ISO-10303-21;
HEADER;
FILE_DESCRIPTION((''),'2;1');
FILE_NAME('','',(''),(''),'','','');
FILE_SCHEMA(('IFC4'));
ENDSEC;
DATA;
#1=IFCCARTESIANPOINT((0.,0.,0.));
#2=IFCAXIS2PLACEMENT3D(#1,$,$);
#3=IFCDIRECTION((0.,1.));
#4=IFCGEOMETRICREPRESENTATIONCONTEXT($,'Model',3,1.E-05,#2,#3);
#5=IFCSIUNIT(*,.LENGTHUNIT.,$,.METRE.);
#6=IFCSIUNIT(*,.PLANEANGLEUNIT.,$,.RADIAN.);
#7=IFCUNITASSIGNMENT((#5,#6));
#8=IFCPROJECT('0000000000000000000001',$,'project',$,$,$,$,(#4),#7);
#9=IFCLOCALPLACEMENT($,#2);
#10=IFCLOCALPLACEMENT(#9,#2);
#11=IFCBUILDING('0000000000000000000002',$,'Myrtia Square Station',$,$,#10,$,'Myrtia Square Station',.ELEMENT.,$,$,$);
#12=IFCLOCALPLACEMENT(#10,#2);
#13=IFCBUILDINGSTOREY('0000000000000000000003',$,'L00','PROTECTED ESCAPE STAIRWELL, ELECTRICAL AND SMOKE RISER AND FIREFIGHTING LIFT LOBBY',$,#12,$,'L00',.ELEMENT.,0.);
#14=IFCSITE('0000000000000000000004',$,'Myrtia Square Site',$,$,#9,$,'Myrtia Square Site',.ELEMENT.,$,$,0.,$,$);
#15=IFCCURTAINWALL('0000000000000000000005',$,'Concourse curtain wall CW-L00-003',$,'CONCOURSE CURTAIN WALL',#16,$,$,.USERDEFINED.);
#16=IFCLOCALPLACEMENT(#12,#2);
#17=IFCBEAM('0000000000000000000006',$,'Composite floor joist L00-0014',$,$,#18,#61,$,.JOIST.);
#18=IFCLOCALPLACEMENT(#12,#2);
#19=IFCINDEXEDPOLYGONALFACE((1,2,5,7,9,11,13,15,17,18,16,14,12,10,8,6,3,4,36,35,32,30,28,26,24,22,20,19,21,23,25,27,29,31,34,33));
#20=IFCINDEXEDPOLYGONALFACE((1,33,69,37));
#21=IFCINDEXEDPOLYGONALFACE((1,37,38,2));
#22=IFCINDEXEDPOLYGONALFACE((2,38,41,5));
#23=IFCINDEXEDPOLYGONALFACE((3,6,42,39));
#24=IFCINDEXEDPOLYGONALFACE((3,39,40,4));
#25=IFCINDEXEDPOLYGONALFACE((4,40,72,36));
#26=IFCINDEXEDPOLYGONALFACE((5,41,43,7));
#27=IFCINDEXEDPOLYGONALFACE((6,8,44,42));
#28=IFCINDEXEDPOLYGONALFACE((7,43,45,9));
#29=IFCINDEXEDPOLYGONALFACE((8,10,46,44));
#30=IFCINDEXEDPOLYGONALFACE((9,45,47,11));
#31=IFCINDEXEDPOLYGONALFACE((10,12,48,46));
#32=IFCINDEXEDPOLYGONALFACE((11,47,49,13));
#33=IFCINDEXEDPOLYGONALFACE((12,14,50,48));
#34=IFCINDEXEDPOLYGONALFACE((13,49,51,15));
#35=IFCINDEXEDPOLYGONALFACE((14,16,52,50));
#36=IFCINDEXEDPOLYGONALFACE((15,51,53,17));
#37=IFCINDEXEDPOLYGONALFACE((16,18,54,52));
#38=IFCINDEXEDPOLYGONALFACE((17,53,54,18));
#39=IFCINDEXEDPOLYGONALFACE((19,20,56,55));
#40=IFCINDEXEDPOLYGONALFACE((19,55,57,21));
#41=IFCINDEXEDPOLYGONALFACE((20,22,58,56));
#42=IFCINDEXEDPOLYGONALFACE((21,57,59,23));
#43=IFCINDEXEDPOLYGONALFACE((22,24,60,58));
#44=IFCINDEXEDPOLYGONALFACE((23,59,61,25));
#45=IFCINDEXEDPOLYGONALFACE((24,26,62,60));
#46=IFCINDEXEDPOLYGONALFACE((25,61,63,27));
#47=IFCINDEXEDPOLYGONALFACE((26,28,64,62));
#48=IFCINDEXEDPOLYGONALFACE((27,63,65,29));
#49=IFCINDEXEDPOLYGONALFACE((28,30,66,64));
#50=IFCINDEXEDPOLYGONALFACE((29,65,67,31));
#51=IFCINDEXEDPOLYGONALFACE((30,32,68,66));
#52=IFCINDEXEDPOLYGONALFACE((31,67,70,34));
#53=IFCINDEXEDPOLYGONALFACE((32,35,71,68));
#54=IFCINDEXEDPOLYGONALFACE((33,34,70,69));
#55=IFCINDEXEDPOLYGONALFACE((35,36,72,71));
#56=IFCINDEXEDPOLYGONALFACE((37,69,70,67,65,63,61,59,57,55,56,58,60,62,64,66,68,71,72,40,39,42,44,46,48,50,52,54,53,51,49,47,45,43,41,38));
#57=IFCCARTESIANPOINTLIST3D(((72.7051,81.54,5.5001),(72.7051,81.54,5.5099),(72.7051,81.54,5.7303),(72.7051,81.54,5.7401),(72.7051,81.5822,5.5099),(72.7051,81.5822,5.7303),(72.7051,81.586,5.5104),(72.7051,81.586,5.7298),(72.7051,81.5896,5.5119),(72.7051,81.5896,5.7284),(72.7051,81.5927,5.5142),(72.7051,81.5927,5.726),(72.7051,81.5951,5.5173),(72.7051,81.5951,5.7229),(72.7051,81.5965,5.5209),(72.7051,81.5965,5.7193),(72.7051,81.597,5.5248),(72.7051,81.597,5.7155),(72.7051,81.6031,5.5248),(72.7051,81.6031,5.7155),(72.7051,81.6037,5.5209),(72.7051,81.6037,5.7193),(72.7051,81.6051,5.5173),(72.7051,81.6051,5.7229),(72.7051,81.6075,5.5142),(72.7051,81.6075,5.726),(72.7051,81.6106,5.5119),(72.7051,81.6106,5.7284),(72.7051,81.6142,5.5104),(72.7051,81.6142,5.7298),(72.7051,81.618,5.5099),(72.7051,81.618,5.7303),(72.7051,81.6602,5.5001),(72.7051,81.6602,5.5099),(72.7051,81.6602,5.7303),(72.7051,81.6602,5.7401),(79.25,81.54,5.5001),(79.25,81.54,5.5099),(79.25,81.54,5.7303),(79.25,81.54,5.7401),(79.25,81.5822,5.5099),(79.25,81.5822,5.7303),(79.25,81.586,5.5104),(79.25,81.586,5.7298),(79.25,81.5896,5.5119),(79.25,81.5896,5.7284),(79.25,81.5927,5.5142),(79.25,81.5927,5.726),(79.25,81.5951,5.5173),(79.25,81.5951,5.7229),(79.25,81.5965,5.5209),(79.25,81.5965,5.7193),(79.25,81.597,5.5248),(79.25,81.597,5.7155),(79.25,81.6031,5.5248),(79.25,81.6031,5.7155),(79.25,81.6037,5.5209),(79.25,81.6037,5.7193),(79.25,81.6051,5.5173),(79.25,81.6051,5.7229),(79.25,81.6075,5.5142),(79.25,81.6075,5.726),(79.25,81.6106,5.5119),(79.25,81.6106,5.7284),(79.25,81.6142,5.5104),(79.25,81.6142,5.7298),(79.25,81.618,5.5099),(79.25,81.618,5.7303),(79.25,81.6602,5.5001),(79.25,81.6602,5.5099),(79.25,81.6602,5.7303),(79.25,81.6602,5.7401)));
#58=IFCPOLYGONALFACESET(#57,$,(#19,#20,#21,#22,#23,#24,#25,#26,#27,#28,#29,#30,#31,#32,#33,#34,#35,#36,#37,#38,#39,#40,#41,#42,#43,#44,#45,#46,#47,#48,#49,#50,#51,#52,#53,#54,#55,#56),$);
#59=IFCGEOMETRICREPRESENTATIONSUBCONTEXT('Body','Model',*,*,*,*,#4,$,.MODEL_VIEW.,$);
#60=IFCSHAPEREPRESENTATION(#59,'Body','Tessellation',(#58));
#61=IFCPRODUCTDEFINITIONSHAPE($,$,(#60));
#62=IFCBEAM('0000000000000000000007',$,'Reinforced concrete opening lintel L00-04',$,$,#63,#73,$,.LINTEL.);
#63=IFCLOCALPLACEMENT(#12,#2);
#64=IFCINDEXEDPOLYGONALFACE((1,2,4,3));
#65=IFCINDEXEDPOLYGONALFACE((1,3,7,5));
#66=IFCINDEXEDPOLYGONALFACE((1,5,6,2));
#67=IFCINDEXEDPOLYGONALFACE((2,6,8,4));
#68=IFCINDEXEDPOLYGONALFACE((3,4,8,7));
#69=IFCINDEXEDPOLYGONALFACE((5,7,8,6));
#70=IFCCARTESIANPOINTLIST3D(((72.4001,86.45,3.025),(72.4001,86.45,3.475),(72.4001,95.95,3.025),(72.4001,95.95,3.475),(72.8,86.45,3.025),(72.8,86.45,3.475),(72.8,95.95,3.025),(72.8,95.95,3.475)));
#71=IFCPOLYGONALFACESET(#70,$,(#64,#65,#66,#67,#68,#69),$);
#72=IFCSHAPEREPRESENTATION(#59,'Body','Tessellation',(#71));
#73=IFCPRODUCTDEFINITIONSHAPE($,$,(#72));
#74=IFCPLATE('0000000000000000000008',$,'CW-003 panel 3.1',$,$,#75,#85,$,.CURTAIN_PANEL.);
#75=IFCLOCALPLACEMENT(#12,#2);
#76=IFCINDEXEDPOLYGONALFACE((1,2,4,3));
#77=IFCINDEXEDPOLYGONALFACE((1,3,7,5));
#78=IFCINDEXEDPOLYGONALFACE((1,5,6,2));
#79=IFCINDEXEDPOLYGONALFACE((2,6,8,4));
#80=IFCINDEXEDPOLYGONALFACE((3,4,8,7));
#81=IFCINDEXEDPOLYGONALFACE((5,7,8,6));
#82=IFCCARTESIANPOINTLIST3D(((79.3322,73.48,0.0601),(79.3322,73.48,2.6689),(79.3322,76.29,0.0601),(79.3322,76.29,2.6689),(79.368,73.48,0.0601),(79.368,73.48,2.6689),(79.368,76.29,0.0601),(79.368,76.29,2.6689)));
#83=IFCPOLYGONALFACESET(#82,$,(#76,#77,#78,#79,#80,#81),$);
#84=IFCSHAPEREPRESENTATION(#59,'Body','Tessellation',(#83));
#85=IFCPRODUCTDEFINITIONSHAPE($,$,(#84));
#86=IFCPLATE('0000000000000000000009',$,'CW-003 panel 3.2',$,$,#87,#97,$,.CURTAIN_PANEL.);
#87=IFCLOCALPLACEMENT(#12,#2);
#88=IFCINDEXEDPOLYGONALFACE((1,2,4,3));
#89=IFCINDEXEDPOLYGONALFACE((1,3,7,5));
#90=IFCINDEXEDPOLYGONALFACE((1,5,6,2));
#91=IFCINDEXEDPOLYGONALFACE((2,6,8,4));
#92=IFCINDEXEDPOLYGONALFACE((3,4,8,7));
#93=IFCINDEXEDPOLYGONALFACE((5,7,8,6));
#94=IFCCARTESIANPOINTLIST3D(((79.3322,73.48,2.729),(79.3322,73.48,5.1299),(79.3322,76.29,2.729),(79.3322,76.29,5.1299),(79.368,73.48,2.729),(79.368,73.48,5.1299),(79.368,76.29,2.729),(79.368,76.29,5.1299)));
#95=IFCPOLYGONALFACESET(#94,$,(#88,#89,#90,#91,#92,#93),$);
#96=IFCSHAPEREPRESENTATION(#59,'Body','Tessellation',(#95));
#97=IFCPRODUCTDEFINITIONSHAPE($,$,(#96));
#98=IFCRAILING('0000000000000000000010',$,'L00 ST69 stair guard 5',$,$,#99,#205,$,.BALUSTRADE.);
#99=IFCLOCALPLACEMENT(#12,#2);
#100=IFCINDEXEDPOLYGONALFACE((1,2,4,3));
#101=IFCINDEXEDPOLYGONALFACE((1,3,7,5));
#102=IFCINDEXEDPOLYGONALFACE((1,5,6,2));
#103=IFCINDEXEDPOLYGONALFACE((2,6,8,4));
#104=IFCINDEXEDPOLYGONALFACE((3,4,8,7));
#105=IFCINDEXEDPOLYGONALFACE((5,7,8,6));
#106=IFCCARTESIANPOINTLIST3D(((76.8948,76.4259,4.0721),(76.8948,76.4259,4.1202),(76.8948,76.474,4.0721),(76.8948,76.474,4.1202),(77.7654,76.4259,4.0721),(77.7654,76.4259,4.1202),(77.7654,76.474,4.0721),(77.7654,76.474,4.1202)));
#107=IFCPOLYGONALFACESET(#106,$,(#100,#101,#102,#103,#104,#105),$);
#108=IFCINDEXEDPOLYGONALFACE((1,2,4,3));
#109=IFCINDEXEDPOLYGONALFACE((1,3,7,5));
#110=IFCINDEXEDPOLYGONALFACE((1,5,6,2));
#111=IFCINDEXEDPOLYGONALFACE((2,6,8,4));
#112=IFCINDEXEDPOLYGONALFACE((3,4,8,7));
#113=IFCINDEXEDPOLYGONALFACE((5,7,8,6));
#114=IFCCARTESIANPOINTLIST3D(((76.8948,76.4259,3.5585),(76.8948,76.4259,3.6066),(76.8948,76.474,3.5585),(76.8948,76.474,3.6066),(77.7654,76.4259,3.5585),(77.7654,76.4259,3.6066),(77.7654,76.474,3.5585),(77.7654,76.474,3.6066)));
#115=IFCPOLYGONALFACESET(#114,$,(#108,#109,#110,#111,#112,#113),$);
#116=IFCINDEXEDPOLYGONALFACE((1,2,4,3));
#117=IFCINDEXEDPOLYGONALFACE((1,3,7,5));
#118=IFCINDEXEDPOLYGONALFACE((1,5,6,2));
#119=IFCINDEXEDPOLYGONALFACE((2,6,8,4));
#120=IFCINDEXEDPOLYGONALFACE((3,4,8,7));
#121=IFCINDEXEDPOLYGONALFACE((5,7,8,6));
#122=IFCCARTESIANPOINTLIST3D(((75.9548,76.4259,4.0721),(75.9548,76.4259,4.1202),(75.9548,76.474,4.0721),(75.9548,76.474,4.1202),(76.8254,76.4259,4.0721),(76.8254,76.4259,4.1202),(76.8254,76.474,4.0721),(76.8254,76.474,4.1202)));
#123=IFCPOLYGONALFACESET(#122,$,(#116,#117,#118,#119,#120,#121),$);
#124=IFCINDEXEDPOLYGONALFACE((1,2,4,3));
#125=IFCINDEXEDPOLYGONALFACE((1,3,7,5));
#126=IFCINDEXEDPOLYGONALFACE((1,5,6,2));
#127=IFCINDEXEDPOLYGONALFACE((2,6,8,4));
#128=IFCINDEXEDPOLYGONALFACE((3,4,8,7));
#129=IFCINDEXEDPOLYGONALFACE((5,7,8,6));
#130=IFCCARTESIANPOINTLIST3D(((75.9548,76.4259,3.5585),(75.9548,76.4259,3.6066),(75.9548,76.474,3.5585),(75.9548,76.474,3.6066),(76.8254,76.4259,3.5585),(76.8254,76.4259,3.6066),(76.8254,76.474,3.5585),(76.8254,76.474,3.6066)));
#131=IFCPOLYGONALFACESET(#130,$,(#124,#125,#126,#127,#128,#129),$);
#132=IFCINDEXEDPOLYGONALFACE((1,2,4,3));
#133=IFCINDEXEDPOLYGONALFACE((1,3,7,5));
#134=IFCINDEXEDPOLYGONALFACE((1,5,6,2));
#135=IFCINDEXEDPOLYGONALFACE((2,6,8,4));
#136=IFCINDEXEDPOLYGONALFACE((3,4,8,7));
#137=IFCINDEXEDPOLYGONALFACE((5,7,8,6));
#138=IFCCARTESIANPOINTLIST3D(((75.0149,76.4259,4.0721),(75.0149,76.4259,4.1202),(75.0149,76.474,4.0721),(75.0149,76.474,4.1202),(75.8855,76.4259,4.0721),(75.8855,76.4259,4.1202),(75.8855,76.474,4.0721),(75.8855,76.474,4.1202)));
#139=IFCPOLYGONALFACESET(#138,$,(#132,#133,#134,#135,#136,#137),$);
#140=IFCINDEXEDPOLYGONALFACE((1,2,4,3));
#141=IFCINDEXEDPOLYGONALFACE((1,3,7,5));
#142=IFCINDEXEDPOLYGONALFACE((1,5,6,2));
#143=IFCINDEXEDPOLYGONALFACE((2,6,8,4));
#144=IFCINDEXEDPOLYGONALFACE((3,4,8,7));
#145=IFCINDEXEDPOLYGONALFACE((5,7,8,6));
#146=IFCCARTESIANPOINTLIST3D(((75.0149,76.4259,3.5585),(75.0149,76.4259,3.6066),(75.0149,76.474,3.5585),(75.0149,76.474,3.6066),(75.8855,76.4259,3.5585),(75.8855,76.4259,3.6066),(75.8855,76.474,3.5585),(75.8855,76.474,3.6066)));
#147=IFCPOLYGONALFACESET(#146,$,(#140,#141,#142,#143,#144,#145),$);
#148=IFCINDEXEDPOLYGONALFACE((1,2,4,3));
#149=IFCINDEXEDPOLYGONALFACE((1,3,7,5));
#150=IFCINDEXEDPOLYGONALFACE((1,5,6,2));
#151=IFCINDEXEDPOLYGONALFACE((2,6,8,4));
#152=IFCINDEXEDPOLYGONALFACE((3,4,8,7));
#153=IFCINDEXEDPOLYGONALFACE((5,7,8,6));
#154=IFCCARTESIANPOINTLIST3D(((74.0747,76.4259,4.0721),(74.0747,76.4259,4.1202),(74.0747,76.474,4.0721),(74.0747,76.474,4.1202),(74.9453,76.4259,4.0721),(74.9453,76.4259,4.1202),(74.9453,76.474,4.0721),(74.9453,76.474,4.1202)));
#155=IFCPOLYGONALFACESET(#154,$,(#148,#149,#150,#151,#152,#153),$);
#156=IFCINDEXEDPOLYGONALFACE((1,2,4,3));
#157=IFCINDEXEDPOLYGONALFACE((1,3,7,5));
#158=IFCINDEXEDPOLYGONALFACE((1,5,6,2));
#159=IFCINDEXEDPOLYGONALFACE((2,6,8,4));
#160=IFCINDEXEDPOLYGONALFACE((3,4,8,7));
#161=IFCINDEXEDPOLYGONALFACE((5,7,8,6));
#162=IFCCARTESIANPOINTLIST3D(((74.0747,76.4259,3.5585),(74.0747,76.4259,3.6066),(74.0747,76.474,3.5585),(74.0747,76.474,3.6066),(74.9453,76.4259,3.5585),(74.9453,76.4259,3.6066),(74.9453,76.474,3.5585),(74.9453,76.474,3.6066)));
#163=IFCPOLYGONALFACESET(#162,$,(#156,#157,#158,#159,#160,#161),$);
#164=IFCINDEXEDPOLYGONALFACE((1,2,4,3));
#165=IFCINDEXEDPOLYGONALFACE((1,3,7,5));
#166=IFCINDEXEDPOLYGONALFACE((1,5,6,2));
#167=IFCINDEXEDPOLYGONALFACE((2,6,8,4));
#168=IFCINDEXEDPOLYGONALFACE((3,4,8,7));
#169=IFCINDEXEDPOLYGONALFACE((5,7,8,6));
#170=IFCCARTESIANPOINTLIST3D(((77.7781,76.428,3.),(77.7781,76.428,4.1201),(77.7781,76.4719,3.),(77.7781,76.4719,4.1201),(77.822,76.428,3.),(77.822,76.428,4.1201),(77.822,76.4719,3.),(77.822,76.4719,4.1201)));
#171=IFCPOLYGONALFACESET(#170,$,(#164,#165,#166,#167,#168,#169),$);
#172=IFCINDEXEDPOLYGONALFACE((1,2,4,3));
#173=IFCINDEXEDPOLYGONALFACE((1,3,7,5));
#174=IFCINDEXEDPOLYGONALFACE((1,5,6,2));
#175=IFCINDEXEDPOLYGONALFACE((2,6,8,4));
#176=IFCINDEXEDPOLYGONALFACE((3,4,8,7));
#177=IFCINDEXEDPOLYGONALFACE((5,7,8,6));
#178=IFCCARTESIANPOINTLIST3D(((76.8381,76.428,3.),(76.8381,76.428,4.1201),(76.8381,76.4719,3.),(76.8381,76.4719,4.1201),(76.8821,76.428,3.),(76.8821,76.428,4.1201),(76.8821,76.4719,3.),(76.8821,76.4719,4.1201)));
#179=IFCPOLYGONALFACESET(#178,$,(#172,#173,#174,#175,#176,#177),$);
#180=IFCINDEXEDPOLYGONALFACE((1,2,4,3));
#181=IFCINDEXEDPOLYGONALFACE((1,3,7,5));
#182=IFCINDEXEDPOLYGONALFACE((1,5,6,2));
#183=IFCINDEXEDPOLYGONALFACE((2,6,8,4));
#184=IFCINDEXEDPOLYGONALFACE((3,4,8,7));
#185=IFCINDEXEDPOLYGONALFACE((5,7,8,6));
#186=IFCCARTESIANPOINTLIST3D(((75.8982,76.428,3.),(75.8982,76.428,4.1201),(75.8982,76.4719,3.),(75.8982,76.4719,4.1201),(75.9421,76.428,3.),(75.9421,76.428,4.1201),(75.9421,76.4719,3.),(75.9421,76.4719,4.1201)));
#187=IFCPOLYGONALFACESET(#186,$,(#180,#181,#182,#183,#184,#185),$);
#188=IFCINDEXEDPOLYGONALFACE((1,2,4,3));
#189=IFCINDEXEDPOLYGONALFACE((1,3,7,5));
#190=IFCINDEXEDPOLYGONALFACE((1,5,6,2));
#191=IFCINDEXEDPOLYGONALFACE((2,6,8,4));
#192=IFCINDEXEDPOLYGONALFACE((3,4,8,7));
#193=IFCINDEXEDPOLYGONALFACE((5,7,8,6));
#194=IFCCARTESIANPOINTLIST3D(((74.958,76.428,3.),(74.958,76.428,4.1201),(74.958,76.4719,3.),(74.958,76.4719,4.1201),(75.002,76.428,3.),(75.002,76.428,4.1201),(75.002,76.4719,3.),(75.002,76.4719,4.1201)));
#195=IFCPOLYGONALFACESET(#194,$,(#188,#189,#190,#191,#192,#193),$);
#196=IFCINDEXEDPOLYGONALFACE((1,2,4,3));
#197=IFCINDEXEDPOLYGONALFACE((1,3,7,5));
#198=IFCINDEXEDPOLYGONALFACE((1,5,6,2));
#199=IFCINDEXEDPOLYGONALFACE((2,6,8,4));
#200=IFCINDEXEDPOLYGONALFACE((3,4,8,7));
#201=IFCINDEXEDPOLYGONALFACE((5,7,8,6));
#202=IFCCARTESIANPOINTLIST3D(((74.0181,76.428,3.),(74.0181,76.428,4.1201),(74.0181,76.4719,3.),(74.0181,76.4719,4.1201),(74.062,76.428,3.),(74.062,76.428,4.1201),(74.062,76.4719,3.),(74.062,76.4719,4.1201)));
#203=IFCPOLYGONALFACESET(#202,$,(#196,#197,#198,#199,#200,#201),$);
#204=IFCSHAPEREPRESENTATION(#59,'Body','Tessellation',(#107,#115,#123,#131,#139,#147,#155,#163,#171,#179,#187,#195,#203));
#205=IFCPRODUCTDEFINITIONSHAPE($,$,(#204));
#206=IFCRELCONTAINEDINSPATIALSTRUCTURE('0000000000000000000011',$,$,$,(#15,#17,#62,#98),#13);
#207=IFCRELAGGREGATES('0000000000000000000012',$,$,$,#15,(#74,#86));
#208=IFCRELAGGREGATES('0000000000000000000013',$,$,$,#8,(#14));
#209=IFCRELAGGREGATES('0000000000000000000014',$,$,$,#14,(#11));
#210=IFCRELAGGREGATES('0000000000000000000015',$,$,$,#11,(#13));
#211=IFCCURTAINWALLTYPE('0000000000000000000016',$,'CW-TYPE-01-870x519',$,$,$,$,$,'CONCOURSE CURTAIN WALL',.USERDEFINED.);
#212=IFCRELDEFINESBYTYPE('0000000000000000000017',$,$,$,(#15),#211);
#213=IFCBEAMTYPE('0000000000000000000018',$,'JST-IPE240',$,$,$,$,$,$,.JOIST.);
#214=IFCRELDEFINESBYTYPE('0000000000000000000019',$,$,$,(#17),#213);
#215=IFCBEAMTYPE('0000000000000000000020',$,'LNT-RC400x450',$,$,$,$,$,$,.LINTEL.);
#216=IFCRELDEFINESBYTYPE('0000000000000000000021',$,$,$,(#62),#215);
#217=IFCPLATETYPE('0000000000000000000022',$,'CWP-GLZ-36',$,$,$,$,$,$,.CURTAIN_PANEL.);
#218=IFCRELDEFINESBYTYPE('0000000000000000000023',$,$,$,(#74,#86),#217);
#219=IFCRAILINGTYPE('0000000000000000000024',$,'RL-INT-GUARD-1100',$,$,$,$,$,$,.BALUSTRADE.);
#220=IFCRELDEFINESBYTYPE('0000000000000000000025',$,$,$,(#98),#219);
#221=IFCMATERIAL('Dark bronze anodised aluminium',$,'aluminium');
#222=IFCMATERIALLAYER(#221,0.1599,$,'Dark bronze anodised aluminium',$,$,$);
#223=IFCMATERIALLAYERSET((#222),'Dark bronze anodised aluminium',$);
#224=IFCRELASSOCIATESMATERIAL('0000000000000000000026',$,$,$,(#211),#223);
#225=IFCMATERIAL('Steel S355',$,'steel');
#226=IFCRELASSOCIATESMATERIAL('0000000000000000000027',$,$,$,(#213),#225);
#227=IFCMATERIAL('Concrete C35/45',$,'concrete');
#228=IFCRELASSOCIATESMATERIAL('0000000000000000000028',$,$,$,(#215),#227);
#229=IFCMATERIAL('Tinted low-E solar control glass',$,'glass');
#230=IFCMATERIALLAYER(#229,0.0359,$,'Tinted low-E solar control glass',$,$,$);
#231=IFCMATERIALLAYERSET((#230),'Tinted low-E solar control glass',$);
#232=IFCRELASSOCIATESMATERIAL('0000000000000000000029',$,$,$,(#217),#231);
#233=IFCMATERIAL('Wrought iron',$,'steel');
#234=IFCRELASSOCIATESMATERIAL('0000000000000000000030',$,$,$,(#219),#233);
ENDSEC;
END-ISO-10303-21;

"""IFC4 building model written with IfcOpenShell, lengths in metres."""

from ifc_helpers import new_model, si_unit, direction, frame, origin, origin_2d, place, context, subcontext, project, spatial, rectangle, i_section, extrude, material, layer, layer_set, material_profile, profile_set, type_object, element, aggregate, save


model = new_model("IFC4")

# Units and contexts
model_context = context("Model", 3, precision=1e-05, world=origin(), true_north=direction((0.0, 1.0)))
body_context = subcontext(model_context, "Body", "Model", "MODEL_VIEW")
ifc_project = project(units=[si_unit("LENGTHUNIT", "METRE"), si_unit("PLANEANGLEUNIT", "RADIAN")], contexts=[model_context])

# Site, building, storey
site_placement = place(None, origin())
site = spatial("IfcSite", under=ifc_project, at=site_placement, Name="Myrtia Square Site", LongName="Myrtia Square Site", CompositionType="ELEMENT", RefElevation=0.0)
building_placement = place(site_placement, origin())
building = spatial("IfcBuilding", under=site, at=building_placement, Name="Myrtia Square Station", LongName="Myrtia Square Station", CompositionType="ELEMENT")
storey_placement = place(building_placement, origin())
storey = spatial("IfcBuildingStorey", under=building, at=storey_placement, Name="L00", Description="PROTECTED ESCAPE STAIRWELL, ELECTRICAL AND SMOKE RISER AND FIREFIGHTING LIFT LOBBY", LongName="L00", CompositionType="ELEMENT", Elevation=0.0)

# Shared definitions
ifc_material_1 = material(Name="Steel S355", Category="steel")

# Curtain wall
ifc_material_2 = material(Name="Dark bronze anodised aluminium", Category="aluminium")
ifc_layer_1 = layer(ifc_material_2, 0.1599, Name="Dark bronze anodised aluminium")
ifc_layer_set_1 = layer_set([ifc_layer_1], Name="Dark bronze anodised aluminium")
curtain_wall_type = type_object("IfcCurtainWallType", Name="CW-TYPE-01-870x519", ElementType="CONCOURSE CURTAIN WALL", PredefinedType="USERDEFINED", material=ifc_layer_set_1)
curtain_wall_placement = place(storey_placement, origin())
curtain_wall = element("IfcCurtainWall", 1, at=curtain_wall_placement, inside=storey, type_object=curtain_wall_type, Name="Concourse curtain wall CW-L00-003", ObjectType="CONCOURSE CURTAIN WALL", PredefinedType="USERDEFINED")

# Beams
ifc_material_profile_1 = material_profile(ifc_material_1, i_section(OverallWidth=0.1201, OverallDepth=0.24, WebThickness=0.0061, FlangeThickness=0.0098, FilletRadius=0.0149, at=origin_2d()), Name="IPE 240")
ifc_profile_set_1 = profile_set([ifc_material_profile_1], Name="Steel S355")
beam_type_1 = type_object("IfcBeamType", Name="JST-IPE240", PredefinedType="JOIST", material=ifc_profile_set_1)
beam_1_placement = place(storey_placement, frame((72.7051, 81.6001, 5.6201), z_axis=(1.0, 0.0, 0.0), x_axis=(0.0, 1.0, 0.0)))
element("IfcBeam", 2, at=beam_1_placement, inside=storey, type_object=beam_type_1, Name="Composite floor joist L00-0014", PredefinedType="JOIST", context=body_context, shape_type="SweptSolid", body=[
    extrude(i_section(OverallWidth=0.1201, OverallDepth=0.24, WebThickness=0.0061, FlangeThickness=0.0098, FilletRadius=0.0149, at=origin_2d()), origin(), (0.0, 0.0, 1.0), 6.5449),
])
ifc_material_3 = material(Name="Concrete C35/45", Category="concrete")
ifc_material_profile_2 = material_profile(ifc_material_3, rectangle(XDim=0.3999, YDim=0.45, at=origin_2d()), Name="LNT 400x450")
ifc_profile_set_2 = profile_set([ifc_material_profile_2], Name="Concrete C35/45")
beam_type_2 = type_object("IfcBeamType", Name="LNT-RC400x450", PredefinedType="LINTEL", material=ifc_profile_set_2)
beam_2_placement = place(storey_placement, frame((72.6001, 86.45, 3.25), z_axis=(0.0, 1.0, 0.0), x_axis=(-1.0, 0.0, 0.0)))
element("IfcBeam", 3, at=beam_2_placement, inside=storey, type_object=beam_type_2, Name="Reinforced concrete opening lintel L00-04", PredefinedType="LINTEL", context=body_context, shape_type="SweptSolid", body=[
    extrude(rectangle(XDim=0.3999, YDim=0.45, at=origin_2d()), origin(), (0.0, 0.0, 1.0), 9.5),
])

# Plates
ifc_material_4 = material(Name="Tinted low-E solar control glass", Category="glass")
ifc_layer_2 = layer(ifc_material_4, 0.0359, Name="Tinted low-E solar control glass")
ifc_layer_set_2 = layer_set([ifc_layer_2], Name="Tinted low-E solar control glass")
plate_type = type_object("IfcPlateType", Name="CWP-GLZ-36", PredefinedType="CURTAIN_PANEL", material=ifc_layer_set_2)
plate_1_placement = place(storey_placement, frame((79.3501, 74.885, 0.0601), z_axis=(0.0, 0.0, 1.0), x_axis=(0.0, 1.0, 0.0)))
plate_1 = element("IfcPlate", 4, at=plate_1_placement, type_object=plate_type, Name="CW-003 panel 3.1", PredefinedType="CURTAIN_PANEL", context=body_context, shape_type="SweptSolid", body=[
    extrude(rectangle(XDim=2.8101, YDim=0.0359, at=origin_2d()), origin(), (0.0, 0.0, 1.0), 2.6089),
])
plate_2_placement = place(storey_placement, frame((79.3501, 74.885, 2.729), z_axis=(0.0, 0.0, 1.0), x_axis=(0.0, 1.0, 0.0)))
plate_2 = element("IfcPlate", 5, at=plate_2_placement, type_object=plate_type, Name="CW-003 panel 3.2", PredefinedType="CURTAIN_PANEL", context=body_context, shape_type="SweptSolid", body=[
    extrude(rectangle(XDim=2.8101, YDim=0.0359, at=origin_2d()), origin(), (0.0, 0.0, 1.0), 2.4009),
])
aggregate(curtain_wall, [plate_1, plate_2])

# Railing
ifc_material_5 = material(Name="Wrought iron", Category="steel")
railing_type = type_object("IfcRailingType", Name="RL-INT-GUARD-1100", PredefinedType="BALUSTRADE", material=ifc_material_5)
railing_placement = place(storey_placement, frame((77.8, 76.45, 3.0)))
element("IfcRailing", 6, at=railing_placement, inside=storey, type_object=railing_type, Name="L00 ST69 stair guard 5", PredefinedType="BALUSTRADE", context=body_context, shape_type="SweptSolid", body=[
    extrude(rectangle(XDim=0.0481, YDim=0.0481, at=origin_2d()), frame((-0.0347, 0.0, 1.0962), z_axis=(-1.0, 0.0, 0.0), x_axis=(0.0, -1.0, 0.0)), (0.0, 0.0, 1.0), 0.8706),
    extrude(rectangle(XDim=0.0481, YDim=0.0481, at=origin_2d()), frame((-0.0347, 0.0, 0.5825), z_axis=(-1.0, 0.0, 0.0), x_axis=(0.0, -1.0, 0.0)), (0.0, 0.0, 1.0), 0.8706),
    extrude(rectangle(XDim=0.0481, YDim=0.0481, at=origin_2d()), frame((-0.9746, 0.0, 1.0962), z_axis=(-1.0, 0.0, 0.0), x_axis=(0.0, -1.0, 0.0)), (0.0, 0.0, 1.0), 0.8706),
    extrude(rectangle(XDim=0.0481, YDim=0.0481, at=origin_2d()), frame((-0.9746, 0.0, 0.5825), z_axis=(-1.0, 0.0, 0.0), x_axis=(0.0, -1.0, 0.0)), (0.0, 0.0, 1.0), 0.8706),
    extrude(rectangle(XDim=0.0481, YDim=0.0481, at=origin_2d()), frame((-1.9146, 0.0, 1.0962), z_axis=(-1.0, 0.0, 0.0), x_axis=(0.0, -1.0, 0.0)), (0.0, 0.0, 1.0), 0.8706),
    extrude(rectangle(XDim=0.0481, YDim=0.0481, at=origin_2d()), frame((-1.9146, 0.0, 0.5825), z_axis=(-1.0, 0.0, 0.0), x_axis=(0.0, -1.0, 0.0)), (0.0, 0.0, 1.0), 0.8706),
    extrude(rectangle(XDim=0.0481, YDim=0.0481, at=origin_2d()), frame((-2.8547, 0.0, 1.0962), z_axis=(-1.0, 0.0, 0.0), x_axis=(0.0, -1.0, 0.0)), (0.0, 0.0, 1.0), 0.8706),
    extrude(rectangle(XDim=0.0481, YDim=0.0481, at=origin_2d()), frame((-2.8547, 0.0, 0.5825), z_axis=(-1.0, 0.0, 0.0), x_axis=(0.0, -1.0, 0.0)), (0.0, 0.0, 1.0), 0.8706),
    extrude(rectangle(XDim=0.0439, YDim=0.0439, at=origin_2d()), origin(), (0.0, 0.0, 1.0), 1.1201),
    extrude(rectangle(XDim=0.0439, YDim=0.0439, at=origin_2d()), frame((-0.9399, 0.0, 0.0)), (0.0, 0.0, 1.0), 1.1201),
    extrude(rectangle(XDim=0.0439, YDim=0.0439, at=origin_2d()), frame((-1.8799, 0.0, 0.0)), (0.0, 0.0, 1.0), 1.1201),
    extrude(rectangle(XDim=0.0439, YDim=0.0439, at=origin_2d()), frame((-2.8201, 0.0, 0.0)), (0.0, 0.0, 1.0), 1.1201),
    extrude(rectangle(XDim=0.0439, YDim=0.0439, at=origin_2d()), frame((-3.76, 0.0, 0.0)), (0.0, 0.0, 1.0), 1.1201),
])

save(model, "model.ifc")
